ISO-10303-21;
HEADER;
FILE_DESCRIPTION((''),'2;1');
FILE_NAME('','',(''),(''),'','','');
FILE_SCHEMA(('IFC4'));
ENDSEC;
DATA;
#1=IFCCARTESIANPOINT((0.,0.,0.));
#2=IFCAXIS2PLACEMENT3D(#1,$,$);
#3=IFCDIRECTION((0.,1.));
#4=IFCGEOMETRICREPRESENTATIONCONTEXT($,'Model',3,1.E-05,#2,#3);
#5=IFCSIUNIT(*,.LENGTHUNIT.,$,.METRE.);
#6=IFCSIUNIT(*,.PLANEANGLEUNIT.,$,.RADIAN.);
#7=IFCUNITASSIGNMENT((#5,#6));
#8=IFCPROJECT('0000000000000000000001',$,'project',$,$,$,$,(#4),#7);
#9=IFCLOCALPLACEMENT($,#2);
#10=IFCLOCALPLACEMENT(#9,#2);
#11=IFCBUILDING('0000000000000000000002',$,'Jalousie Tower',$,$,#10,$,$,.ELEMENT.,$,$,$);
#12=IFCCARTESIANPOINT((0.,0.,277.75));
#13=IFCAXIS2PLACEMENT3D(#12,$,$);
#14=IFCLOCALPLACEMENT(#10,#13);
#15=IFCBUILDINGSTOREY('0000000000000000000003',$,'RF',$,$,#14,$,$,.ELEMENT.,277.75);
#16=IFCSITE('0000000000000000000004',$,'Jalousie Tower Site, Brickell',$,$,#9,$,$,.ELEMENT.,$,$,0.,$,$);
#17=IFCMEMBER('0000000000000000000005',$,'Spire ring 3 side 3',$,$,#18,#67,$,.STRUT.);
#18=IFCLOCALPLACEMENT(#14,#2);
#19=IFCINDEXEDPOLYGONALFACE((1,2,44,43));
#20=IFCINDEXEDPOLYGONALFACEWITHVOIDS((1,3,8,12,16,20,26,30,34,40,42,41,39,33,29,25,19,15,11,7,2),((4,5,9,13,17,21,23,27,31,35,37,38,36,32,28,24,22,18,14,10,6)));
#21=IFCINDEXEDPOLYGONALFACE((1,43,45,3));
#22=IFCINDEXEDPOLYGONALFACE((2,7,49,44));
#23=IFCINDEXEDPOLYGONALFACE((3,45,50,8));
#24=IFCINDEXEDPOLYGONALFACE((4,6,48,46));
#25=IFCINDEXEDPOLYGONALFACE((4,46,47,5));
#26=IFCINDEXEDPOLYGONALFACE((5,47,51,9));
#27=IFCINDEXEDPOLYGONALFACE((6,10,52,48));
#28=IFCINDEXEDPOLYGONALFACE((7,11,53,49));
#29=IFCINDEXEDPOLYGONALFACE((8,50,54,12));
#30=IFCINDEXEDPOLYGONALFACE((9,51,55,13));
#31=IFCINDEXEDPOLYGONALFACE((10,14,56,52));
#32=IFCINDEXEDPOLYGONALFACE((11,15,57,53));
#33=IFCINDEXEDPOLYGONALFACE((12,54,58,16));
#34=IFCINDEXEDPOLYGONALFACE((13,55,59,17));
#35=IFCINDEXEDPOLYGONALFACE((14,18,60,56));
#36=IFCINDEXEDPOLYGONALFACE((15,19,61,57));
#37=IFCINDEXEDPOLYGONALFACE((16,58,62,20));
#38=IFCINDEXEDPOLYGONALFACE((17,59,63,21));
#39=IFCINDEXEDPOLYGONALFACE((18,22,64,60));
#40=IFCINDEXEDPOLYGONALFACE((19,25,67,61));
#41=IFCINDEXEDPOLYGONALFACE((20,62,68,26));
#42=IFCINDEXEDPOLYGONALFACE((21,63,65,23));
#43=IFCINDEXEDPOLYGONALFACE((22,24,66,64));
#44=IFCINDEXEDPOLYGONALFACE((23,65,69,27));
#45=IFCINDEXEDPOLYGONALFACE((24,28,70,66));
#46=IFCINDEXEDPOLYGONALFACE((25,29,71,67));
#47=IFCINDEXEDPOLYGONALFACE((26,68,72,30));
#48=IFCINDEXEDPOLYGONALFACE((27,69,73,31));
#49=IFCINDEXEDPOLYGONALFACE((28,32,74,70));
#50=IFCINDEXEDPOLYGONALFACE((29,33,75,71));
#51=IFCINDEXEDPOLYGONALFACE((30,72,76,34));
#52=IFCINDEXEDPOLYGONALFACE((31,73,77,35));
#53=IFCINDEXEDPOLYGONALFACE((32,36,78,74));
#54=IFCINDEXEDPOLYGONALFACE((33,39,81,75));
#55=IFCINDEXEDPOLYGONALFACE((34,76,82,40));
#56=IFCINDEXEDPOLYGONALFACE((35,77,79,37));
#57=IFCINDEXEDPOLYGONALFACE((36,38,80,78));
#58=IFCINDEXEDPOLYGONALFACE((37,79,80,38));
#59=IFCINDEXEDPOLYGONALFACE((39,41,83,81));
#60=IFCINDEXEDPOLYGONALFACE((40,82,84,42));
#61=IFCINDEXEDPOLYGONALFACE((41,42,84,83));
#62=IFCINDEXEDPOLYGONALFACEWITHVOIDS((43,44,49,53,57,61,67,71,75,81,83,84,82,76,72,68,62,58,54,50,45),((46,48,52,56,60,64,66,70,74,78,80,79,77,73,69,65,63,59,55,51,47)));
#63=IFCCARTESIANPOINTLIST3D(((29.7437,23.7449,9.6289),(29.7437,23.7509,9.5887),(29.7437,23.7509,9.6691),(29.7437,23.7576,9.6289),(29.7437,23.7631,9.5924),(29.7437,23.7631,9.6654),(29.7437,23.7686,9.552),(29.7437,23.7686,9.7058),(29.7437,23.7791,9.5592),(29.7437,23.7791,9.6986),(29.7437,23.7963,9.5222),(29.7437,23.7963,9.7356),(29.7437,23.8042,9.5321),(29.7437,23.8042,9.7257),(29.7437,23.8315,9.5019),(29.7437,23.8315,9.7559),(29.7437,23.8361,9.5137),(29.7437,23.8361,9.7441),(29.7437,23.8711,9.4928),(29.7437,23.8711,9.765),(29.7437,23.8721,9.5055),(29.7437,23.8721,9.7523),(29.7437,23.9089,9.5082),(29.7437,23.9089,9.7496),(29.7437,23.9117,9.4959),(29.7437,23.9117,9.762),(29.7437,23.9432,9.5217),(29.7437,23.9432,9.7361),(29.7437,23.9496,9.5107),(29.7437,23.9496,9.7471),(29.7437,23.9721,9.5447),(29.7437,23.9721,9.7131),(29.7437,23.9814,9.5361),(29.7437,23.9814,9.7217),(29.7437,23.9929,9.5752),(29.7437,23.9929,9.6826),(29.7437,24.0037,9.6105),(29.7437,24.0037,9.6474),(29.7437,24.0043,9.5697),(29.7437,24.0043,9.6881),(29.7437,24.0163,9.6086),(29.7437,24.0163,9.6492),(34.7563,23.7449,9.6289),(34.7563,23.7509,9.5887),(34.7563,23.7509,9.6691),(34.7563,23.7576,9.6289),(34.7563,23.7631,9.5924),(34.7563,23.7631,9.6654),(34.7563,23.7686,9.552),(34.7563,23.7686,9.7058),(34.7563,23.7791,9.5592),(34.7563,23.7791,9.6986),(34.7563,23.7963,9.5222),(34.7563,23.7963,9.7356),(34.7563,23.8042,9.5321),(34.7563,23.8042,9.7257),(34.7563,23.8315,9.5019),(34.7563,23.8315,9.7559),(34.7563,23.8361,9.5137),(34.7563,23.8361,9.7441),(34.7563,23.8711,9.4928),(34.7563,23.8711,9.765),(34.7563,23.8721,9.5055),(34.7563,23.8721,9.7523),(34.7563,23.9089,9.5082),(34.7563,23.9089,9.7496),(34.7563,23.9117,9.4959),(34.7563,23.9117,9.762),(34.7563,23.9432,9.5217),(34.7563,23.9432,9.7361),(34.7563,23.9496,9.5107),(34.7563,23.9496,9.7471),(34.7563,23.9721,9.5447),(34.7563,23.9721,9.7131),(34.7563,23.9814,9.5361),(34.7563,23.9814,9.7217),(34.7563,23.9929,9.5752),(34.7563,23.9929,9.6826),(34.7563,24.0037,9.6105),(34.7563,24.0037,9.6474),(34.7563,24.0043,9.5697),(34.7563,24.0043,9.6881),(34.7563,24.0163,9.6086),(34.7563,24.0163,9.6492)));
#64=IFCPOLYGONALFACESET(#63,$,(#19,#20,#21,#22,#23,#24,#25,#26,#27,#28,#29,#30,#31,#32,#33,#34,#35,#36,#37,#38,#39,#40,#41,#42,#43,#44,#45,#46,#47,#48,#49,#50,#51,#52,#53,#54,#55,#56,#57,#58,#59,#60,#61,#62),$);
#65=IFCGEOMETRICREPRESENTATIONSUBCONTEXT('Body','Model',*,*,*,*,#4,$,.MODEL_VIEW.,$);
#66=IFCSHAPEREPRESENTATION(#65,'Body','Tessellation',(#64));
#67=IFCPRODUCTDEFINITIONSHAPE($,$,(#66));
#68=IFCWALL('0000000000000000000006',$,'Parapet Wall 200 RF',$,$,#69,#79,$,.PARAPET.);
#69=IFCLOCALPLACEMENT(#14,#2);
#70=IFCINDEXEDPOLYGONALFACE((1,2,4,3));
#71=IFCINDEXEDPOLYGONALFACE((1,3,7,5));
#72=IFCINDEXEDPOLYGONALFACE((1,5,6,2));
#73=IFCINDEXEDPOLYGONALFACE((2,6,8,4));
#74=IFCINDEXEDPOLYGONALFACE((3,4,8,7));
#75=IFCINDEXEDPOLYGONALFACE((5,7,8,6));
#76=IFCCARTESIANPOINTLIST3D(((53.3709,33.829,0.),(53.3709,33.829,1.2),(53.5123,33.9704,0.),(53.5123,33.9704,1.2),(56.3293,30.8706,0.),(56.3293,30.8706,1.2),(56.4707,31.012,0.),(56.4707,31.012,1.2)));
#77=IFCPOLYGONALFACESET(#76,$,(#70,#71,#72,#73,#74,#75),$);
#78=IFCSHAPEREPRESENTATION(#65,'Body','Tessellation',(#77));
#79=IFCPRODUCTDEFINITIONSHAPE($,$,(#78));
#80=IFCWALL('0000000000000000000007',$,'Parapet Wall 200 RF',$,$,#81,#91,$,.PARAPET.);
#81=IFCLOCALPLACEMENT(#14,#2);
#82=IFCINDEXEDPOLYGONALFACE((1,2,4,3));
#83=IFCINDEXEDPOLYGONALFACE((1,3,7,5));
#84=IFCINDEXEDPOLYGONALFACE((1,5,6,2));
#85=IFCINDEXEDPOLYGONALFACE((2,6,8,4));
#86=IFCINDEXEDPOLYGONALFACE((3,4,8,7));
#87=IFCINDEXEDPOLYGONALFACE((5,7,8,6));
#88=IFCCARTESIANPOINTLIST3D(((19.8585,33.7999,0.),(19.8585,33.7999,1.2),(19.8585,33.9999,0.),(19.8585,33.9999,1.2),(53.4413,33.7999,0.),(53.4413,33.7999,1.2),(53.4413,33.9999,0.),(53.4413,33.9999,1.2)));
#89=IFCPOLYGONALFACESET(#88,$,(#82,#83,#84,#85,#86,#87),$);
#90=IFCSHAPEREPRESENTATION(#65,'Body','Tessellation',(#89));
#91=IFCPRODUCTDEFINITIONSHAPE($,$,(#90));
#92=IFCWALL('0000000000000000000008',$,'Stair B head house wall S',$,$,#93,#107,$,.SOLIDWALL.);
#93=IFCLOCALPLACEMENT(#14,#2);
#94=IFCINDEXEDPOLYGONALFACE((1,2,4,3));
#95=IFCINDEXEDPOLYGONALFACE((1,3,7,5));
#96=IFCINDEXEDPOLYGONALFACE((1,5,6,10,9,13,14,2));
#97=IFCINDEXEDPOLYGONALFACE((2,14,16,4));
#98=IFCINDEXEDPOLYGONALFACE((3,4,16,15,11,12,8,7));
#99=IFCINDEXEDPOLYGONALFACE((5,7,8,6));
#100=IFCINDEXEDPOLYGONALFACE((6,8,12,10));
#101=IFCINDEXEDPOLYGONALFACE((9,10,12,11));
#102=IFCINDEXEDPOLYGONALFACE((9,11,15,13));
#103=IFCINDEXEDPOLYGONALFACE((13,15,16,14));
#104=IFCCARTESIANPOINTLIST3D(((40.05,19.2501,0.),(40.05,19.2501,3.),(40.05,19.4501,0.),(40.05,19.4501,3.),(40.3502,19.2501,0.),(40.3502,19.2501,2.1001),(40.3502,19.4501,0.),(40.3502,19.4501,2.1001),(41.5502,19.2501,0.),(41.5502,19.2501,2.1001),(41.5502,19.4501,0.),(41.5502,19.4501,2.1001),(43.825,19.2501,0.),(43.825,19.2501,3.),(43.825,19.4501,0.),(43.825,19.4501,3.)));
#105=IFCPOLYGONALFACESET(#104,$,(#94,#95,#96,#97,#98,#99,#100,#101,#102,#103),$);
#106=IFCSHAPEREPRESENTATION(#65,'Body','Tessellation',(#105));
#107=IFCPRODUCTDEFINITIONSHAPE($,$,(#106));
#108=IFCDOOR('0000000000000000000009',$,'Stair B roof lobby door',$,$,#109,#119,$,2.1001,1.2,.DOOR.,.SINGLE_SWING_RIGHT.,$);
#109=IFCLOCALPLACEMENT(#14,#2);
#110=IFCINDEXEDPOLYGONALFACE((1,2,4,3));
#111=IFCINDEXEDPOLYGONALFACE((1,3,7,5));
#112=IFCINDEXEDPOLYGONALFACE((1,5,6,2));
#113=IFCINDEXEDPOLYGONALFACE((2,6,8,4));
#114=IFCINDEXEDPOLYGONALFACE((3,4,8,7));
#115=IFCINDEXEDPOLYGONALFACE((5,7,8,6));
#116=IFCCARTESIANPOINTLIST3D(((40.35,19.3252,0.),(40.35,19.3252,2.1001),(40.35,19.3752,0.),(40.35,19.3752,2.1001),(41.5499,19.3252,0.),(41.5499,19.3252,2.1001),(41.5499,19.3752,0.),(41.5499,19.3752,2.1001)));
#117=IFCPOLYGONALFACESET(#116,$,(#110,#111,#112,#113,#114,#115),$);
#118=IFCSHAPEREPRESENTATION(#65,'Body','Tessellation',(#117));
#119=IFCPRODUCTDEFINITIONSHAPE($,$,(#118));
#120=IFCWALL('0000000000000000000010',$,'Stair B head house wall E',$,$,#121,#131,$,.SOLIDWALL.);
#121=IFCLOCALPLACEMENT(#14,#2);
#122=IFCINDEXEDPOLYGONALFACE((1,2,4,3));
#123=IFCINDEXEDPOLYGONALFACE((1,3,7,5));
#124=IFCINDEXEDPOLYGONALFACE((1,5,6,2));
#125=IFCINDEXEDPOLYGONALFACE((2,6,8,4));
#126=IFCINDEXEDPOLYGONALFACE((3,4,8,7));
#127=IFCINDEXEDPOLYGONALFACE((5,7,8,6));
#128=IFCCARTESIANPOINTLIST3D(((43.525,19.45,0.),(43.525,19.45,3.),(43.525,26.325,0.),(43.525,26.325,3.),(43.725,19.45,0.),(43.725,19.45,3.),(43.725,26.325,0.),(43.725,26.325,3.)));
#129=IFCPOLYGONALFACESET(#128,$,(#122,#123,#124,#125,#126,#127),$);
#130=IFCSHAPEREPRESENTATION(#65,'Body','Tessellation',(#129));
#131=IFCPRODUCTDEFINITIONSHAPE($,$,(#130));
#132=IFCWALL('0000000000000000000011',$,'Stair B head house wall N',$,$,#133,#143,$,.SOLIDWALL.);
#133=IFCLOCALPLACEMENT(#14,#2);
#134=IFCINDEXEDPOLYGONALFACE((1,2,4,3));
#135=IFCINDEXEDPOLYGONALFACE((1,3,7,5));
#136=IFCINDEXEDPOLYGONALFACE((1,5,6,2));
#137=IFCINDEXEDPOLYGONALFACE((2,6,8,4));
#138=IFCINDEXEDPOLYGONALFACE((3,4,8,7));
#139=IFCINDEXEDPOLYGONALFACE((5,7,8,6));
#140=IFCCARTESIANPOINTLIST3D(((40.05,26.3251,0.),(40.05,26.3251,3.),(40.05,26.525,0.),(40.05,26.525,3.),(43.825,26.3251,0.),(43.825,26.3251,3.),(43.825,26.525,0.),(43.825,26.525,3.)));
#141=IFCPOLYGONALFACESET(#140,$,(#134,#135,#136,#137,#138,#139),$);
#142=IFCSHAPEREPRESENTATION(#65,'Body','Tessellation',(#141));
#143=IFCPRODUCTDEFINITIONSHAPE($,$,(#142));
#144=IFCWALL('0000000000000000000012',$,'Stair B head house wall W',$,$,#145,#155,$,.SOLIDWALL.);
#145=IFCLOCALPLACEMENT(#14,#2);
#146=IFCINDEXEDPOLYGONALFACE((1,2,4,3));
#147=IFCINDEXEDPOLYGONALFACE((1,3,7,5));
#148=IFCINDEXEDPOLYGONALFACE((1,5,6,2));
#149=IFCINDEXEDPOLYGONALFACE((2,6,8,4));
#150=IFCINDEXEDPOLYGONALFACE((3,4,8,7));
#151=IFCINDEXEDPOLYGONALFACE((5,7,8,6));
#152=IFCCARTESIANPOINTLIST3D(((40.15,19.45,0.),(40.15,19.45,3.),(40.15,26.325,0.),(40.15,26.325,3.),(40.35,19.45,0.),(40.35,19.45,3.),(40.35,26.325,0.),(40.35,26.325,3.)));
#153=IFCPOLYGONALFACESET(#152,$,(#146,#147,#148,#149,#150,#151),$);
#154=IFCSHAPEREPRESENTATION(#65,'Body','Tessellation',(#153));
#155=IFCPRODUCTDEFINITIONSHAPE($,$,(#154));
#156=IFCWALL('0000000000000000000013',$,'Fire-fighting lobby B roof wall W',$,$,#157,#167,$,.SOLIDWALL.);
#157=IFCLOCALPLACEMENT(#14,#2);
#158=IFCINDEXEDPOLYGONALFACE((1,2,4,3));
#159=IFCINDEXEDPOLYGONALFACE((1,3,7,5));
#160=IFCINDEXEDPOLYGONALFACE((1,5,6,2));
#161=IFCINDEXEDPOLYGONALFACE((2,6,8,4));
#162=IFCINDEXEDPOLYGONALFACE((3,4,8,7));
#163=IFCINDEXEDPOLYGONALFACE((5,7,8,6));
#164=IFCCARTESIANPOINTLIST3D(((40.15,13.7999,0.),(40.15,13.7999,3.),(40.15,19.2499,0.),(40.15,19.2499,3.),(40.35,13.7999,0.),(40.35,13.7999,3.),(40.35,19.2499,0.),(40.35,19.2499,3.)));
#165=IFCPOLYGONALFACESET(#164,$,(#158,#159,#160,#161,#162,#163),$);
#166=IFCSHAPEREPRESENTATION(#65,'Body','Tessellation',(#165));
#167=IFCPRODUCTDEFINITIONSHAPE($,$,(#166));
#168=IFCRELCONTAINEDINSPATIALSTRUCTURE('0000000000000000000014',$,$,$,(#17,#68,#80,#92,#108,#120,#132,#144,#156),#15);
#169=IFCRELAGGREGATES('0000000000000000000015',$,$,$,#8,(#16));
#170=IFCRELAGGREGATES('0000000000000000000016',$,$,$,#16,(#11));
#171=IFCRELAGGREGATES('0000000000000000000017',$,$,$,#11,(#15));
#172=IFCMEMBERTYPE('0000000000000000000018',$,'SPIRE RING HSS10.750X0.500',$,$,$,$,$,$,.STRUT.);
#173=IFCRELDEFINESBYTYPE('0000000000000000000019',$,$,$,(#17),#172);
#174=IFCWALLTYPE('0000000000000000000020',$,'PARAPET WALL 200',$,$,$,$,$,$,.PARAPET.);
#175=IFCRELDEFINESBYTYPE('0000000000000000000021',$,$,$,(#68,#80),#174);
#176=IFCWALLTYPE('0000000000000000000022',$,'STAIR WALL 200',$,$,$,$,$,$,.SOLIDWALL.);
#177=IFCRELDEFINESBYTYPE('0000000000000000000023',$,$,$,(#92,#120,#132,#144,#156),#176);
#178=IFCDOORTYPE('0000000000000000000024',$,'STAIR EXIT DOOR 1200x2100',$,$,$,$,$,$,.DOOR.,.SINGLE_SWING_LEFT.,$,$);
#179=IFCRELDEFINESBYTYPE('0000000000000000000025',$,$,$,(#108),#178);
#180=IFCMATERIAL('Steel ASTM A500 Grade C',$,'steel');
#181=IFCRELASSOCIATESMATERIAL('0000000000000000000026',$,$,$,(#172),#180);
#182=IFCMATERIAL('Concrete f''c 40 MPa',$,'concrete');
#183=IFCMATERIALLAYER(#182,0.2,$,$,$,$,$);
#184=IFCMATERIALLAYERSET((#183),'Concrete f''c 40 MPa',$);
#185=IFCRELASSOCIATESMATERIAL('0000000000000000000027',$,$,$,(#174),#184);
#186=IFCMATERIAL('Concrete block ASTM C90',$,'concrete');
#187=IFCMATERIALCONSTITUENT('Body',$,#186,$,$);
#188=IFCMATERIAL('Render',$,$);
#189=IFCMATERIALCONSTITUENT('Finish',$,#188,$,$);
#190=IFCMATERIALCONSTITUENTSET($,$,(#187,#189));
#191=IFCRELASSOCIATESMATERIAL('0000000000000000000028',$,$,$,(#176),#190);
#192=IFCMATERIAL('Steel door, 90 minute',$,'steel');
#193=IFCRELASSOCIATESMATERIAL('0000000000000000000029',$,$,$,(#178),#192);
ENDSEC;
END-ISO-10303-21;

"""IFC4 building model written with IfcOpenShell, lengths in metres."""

from ifc_helpers import new_model, si_unit, direction, frame, frame_2d, origin, origin_2d, place, context, subcontext, project, spatial, rectangle, hollow_circle, extrude, material, layer, layer_set, constituent, constituent_set, material_profile, profile_set, type_object, element, fill, save


model = new_model("IFC4")

# Units and contexts
model_context = context("Model", 3, precision=1e-05, world=origin(), true_north=direction((0.0, 1.0)))
body_context = subcontext(model_context, "Body", "Model", "MODEL_VIEW")
ifc_project = project(units=[si_unit("LENGTHUNIT", "METRE"), si_unit("PLANEANGLEUNIT", "RADIAN")], contexts=[model_context])

# Site, building, storey
site_placement = place(None, origin())
site = spatial("IfcSite", under=ifc_project, at=site_placement, Name="Jalousie Tower Site, Brickell", CompositionType="ELEMENT", RefElevation=0.0)
building_placement = place(site_placement, origin())
building = spatial("IfcBuilding", under=site, at=building_placement, Name="Jalousie Tower", CompositionType="ELEMENT")
storey_placement = place(building_placement, frame((0.0, 0.0, 277.75)))
storey = spatial("IfcBuildingStorey", under=building, at=storey_placement, Name="RF", CompositionType="ELEMENT", Elevation=277.75)

# Member
ifc_material_1 = material(Name="Steel ASTM A500 Grade C", Category="steel")
ifc_material_profile_1 = material_profile(ifc_material_1, hollow_circle(Radius=0.1365, WallThickness=0.0127, at=origin_2d()), Name="HSS10.750X0.500")
ifc_profile_set_1 = profile_set([ifc_material_profile_1], Name="Steel ASTM A500 Grade C")
member_type_1 = type_object("IfcMemberType", Name="SPIRE RING HSS10.750X0.500", PredefinedType="STRUT", material=ifc_profile_set_1)
member_1_placement = place(storey_placement, frame((34.7563, 23.8813, 9.6289), z_axis=(-1.0, 0.0, 0.0), x_axis=(0.0, -1.0, 0.0)))
element("IfcMember", 1, at=member_1_placement, inside=storey, type_object=member_type_1, Name="Spire ring 3 side 3", PredefinedType="STRUT", context=body_context, shape_type="SweptSolid", body=[
    extrude(hollow_circle(Radius=0.1365, WallThickness=0.0127, at=origin_2d()), origin(), (0.0, 0.0, 1.0), 5.0127),
])

# Walls
ifc_material_2 = material(Name="Concrete f'c 40 MPa", Category="concrete")
ifc_layer = layer(ifc_material_2, 0.2)
ifc_layer_set = layer_set([ifc_layer], Name="Concrete f'c 40 MPa")
wall_type_1 = type_object("IfcWallType", Name="PARAPET WALL 200", PredefinedType="PARAPET", material=ifc_layer_set)
wall_1_placement = place(storey_placement, frame((56.3999, 30.9414, 0.0), z_axis=(0.0, 0.0, 1.0), x_axis=(-0.707107, 0.707107, 0.0)))
element("IfcWall", 2, at=wall_1_placement, inside=storey, type_object=wall_type_1, Name="Parapet Wall 200 RF", PredefinedType="PARAPET", context=body_context, shape_type="SweptSolid", body=[
    extrude(rectangle(XDim=4.1838, YDim=0.2, at=frame_2d((2.0918, 0.0))), origin(), (0.0, 0.0, 1.0), 1.2),
])
wall_2_placement = place(storey_placement, frame((53.4414, 33.8999, 0.0), z_axis=(0.0, 0.0, 1.0), x_axis=(-1.0, 0.0, 0.0)))
element("IfcWall", 3, at=wall_2_placement, inside=storey, type_object=wall_type_1, Name="Parapet Wall 200 RF", PredefinedType="PARAPET", context=body_context, shape_type="SweptSolid", body=[
    extrude(rectangle(XDim=33.5828, YDim=0.2, at=frame_2d((16.7915, 0.0))), origin(), (0.0, 0.0, 1.0), 1.2),
])

# Wall, opening, door
ifc_material_3 = material(Name="Concrete block ASTM C90", Category="concrete")
ifc_constituent_1 = constituent(ifc_material_3, Name="Body")
ifc_material_4 = material(Name="Render")
ifc_constituent_2 = constituent(ifc_material_4, Name="Finish")
ifc_constituent_set = constituent_set(constituents=[ifc_constituent_1, ifc_constituent_2])
wall_type_2 = type_object("IfcWallType", Name="STAIR WALL 200", PredefinedType="SOLIDWALL", material=ifc_constituent_set)
wall_3_placement = place(storey_placement, frame((40.05, 19.3501, 0.0), z_axis=(0.0, 0.0, 1.0), x_axis=(1.0, 0.0, 0.0)))
wall_3 = element("IfcWall", 4, at=wall_3_placement, inside=storey, type_object=wall_type_2, Name="Stair B head house wall S", PredefinedType="SOLIDWALL", context=body_context, shape_type="SweptSolid", body=[
    extrude(rectangle(XDim=3.7749, YDim=0.2, at=frame_2d((1.8875, 0.0))), origin(), (0.0, 0.0, 1.0), 3.0),
])
opening_1_placement = place(wall_3_placement, frame((0.3, 0.0, 0.0)))
opening_1 = element("IfcOpeningElement", 5, at=opening_1_placement, cuts=wall_3, PredefinedType="OPENING", context=body_context, shape_type="SweptSolid", body=[
    extrude(rectangle(XDim=1.2, YDim=2.1001, at=frame_2d((0.6001, 1.05))), frame((0.0, 0.1099, 0.0), z_axis=(0.0, -1.0, 0.0), x_axis=(1.0, 0.0, 0.0)), (0.0, 0.0, 1.0), 0.22),
])
ifc_material_5 = material(Name="Steel door, 90 minute", Category="steel")
door_type = type_object("IfcDoorType", Name="STAIR EXIT DOOR 1200x2100", OperationType="SINGLE_SWING_LEFT", PredefinedType="DOOR", material=ifc_material_5)
door_1_placement = place(opening_1_placement, frame((1.2, 0.0, 0.0), z_axis=(0.0, 0.0, 1.0), x_axis=(-1.0, 0.0, 0.0)))
door_1 = element("IfcDoor", 6, at=door_1_placement, inside=storey, type_object=door_type, Name="Stair B roof lobby door", OperationType="SINGLE_SWING_RIGHT", OverallHeight=2.1001, OverallWidth=1.2, PredefinedType="DOOR", context=body_context, shape_type="SweptSolid", body=[
    extrude(rectangle(XDim=1.2, YDim=2.1001, at=frame_2d((0.6001, 1.05))), frame((0.0, 0.0249, 0.0), z_axis=(0.0, -1.0, 0.0), x_axis=(1.0, 0.0, 0.0)), (0.0, 0.0, 1.0), 0.05),
])
fill(opening_1, door_1)

# Walls
wall_4_placement = place(storey_placement, frame((43.625, 19.45, 0.0), z_axis=(0.0, 0.0, 1.0), x_axis=(0.0, 1.0, 0.0)))
element("IfcWall", 7, at=wall_4_placement, inside=storey, type_object=wall_type_2, Name="Stair B head house wall E", PredefinedType="SOLIDWALL", context=body_context, shape_type="SweptSolid", body=[
    extrude(rectangle(XDim=6.875, YDim=0.2, at=frame_2d((3.4375, 0.0))), origin(), (0.0, 0.0, 1.0), 3.0),
])
wall_5_placement = place(storey_placement, frame((43.825, 26.425, 0.0), z_axis=(0.0, 0.0, 1.0), x_axis=(-1.0, 0.0, 0.0)))
element("IfcWall", 8, at=wall_5_placement, inside=storey, type_object=wall_type_2, Name="Stair B head house wall N", PredefinedType="SOLIDWALL", context=body_context, shape_type="SweptSolid", body=[
    extrude(rectangle(XDim=3.7749, YDim=0.2, at=frame_2d((1.8875, 0.0))), origin(), (0.0, 0.0, 1.0), 3.0),
])
wall_6_placement = place(storey_placement, frame((40.25, 26.325, 0.0), z_axis=(0.0, 0.0, 1.0), x_axis=(0.0, -1.0, 0.0)))
element("IfcWall", 9, at=wall_6_placement, inside=storey, type_object=wall_type_2, Name="Stair B head house wall W", PredefinedType="SOLIDWALL", context=body_context, shape_type="SweptSolid", body=[
    extrude(rectangle(XDim=6.875, YDim=0.2, at=frame_2d((3.4375, 0.0))), origin(), (0.0, 0.0, 1.0), 3.0),
])
wall_7_placement = place(storey_placement, frame((40.25, 19.25, 0.0), z_axis=(0.0, 0.0, 1.0), x_axis=(0.0, -1.0, 0.0)))
element("IfcWall", 10, at=wall_7_placement, inside=storey, type_object=wall_type_2, Name="Fire-fighting lobby B roof wall W", PredefinedType="SOLIDWALL", context=body_context, shape_type="SweptSolid", body=[
    extrude(rectangle(XDim=5.45, YDim=0.2, at=frame_2d((2.7251, 0.0))), origin(), (0.0, 0.0, 1.0), 3.0),
])

save(model, "model.ifc")
